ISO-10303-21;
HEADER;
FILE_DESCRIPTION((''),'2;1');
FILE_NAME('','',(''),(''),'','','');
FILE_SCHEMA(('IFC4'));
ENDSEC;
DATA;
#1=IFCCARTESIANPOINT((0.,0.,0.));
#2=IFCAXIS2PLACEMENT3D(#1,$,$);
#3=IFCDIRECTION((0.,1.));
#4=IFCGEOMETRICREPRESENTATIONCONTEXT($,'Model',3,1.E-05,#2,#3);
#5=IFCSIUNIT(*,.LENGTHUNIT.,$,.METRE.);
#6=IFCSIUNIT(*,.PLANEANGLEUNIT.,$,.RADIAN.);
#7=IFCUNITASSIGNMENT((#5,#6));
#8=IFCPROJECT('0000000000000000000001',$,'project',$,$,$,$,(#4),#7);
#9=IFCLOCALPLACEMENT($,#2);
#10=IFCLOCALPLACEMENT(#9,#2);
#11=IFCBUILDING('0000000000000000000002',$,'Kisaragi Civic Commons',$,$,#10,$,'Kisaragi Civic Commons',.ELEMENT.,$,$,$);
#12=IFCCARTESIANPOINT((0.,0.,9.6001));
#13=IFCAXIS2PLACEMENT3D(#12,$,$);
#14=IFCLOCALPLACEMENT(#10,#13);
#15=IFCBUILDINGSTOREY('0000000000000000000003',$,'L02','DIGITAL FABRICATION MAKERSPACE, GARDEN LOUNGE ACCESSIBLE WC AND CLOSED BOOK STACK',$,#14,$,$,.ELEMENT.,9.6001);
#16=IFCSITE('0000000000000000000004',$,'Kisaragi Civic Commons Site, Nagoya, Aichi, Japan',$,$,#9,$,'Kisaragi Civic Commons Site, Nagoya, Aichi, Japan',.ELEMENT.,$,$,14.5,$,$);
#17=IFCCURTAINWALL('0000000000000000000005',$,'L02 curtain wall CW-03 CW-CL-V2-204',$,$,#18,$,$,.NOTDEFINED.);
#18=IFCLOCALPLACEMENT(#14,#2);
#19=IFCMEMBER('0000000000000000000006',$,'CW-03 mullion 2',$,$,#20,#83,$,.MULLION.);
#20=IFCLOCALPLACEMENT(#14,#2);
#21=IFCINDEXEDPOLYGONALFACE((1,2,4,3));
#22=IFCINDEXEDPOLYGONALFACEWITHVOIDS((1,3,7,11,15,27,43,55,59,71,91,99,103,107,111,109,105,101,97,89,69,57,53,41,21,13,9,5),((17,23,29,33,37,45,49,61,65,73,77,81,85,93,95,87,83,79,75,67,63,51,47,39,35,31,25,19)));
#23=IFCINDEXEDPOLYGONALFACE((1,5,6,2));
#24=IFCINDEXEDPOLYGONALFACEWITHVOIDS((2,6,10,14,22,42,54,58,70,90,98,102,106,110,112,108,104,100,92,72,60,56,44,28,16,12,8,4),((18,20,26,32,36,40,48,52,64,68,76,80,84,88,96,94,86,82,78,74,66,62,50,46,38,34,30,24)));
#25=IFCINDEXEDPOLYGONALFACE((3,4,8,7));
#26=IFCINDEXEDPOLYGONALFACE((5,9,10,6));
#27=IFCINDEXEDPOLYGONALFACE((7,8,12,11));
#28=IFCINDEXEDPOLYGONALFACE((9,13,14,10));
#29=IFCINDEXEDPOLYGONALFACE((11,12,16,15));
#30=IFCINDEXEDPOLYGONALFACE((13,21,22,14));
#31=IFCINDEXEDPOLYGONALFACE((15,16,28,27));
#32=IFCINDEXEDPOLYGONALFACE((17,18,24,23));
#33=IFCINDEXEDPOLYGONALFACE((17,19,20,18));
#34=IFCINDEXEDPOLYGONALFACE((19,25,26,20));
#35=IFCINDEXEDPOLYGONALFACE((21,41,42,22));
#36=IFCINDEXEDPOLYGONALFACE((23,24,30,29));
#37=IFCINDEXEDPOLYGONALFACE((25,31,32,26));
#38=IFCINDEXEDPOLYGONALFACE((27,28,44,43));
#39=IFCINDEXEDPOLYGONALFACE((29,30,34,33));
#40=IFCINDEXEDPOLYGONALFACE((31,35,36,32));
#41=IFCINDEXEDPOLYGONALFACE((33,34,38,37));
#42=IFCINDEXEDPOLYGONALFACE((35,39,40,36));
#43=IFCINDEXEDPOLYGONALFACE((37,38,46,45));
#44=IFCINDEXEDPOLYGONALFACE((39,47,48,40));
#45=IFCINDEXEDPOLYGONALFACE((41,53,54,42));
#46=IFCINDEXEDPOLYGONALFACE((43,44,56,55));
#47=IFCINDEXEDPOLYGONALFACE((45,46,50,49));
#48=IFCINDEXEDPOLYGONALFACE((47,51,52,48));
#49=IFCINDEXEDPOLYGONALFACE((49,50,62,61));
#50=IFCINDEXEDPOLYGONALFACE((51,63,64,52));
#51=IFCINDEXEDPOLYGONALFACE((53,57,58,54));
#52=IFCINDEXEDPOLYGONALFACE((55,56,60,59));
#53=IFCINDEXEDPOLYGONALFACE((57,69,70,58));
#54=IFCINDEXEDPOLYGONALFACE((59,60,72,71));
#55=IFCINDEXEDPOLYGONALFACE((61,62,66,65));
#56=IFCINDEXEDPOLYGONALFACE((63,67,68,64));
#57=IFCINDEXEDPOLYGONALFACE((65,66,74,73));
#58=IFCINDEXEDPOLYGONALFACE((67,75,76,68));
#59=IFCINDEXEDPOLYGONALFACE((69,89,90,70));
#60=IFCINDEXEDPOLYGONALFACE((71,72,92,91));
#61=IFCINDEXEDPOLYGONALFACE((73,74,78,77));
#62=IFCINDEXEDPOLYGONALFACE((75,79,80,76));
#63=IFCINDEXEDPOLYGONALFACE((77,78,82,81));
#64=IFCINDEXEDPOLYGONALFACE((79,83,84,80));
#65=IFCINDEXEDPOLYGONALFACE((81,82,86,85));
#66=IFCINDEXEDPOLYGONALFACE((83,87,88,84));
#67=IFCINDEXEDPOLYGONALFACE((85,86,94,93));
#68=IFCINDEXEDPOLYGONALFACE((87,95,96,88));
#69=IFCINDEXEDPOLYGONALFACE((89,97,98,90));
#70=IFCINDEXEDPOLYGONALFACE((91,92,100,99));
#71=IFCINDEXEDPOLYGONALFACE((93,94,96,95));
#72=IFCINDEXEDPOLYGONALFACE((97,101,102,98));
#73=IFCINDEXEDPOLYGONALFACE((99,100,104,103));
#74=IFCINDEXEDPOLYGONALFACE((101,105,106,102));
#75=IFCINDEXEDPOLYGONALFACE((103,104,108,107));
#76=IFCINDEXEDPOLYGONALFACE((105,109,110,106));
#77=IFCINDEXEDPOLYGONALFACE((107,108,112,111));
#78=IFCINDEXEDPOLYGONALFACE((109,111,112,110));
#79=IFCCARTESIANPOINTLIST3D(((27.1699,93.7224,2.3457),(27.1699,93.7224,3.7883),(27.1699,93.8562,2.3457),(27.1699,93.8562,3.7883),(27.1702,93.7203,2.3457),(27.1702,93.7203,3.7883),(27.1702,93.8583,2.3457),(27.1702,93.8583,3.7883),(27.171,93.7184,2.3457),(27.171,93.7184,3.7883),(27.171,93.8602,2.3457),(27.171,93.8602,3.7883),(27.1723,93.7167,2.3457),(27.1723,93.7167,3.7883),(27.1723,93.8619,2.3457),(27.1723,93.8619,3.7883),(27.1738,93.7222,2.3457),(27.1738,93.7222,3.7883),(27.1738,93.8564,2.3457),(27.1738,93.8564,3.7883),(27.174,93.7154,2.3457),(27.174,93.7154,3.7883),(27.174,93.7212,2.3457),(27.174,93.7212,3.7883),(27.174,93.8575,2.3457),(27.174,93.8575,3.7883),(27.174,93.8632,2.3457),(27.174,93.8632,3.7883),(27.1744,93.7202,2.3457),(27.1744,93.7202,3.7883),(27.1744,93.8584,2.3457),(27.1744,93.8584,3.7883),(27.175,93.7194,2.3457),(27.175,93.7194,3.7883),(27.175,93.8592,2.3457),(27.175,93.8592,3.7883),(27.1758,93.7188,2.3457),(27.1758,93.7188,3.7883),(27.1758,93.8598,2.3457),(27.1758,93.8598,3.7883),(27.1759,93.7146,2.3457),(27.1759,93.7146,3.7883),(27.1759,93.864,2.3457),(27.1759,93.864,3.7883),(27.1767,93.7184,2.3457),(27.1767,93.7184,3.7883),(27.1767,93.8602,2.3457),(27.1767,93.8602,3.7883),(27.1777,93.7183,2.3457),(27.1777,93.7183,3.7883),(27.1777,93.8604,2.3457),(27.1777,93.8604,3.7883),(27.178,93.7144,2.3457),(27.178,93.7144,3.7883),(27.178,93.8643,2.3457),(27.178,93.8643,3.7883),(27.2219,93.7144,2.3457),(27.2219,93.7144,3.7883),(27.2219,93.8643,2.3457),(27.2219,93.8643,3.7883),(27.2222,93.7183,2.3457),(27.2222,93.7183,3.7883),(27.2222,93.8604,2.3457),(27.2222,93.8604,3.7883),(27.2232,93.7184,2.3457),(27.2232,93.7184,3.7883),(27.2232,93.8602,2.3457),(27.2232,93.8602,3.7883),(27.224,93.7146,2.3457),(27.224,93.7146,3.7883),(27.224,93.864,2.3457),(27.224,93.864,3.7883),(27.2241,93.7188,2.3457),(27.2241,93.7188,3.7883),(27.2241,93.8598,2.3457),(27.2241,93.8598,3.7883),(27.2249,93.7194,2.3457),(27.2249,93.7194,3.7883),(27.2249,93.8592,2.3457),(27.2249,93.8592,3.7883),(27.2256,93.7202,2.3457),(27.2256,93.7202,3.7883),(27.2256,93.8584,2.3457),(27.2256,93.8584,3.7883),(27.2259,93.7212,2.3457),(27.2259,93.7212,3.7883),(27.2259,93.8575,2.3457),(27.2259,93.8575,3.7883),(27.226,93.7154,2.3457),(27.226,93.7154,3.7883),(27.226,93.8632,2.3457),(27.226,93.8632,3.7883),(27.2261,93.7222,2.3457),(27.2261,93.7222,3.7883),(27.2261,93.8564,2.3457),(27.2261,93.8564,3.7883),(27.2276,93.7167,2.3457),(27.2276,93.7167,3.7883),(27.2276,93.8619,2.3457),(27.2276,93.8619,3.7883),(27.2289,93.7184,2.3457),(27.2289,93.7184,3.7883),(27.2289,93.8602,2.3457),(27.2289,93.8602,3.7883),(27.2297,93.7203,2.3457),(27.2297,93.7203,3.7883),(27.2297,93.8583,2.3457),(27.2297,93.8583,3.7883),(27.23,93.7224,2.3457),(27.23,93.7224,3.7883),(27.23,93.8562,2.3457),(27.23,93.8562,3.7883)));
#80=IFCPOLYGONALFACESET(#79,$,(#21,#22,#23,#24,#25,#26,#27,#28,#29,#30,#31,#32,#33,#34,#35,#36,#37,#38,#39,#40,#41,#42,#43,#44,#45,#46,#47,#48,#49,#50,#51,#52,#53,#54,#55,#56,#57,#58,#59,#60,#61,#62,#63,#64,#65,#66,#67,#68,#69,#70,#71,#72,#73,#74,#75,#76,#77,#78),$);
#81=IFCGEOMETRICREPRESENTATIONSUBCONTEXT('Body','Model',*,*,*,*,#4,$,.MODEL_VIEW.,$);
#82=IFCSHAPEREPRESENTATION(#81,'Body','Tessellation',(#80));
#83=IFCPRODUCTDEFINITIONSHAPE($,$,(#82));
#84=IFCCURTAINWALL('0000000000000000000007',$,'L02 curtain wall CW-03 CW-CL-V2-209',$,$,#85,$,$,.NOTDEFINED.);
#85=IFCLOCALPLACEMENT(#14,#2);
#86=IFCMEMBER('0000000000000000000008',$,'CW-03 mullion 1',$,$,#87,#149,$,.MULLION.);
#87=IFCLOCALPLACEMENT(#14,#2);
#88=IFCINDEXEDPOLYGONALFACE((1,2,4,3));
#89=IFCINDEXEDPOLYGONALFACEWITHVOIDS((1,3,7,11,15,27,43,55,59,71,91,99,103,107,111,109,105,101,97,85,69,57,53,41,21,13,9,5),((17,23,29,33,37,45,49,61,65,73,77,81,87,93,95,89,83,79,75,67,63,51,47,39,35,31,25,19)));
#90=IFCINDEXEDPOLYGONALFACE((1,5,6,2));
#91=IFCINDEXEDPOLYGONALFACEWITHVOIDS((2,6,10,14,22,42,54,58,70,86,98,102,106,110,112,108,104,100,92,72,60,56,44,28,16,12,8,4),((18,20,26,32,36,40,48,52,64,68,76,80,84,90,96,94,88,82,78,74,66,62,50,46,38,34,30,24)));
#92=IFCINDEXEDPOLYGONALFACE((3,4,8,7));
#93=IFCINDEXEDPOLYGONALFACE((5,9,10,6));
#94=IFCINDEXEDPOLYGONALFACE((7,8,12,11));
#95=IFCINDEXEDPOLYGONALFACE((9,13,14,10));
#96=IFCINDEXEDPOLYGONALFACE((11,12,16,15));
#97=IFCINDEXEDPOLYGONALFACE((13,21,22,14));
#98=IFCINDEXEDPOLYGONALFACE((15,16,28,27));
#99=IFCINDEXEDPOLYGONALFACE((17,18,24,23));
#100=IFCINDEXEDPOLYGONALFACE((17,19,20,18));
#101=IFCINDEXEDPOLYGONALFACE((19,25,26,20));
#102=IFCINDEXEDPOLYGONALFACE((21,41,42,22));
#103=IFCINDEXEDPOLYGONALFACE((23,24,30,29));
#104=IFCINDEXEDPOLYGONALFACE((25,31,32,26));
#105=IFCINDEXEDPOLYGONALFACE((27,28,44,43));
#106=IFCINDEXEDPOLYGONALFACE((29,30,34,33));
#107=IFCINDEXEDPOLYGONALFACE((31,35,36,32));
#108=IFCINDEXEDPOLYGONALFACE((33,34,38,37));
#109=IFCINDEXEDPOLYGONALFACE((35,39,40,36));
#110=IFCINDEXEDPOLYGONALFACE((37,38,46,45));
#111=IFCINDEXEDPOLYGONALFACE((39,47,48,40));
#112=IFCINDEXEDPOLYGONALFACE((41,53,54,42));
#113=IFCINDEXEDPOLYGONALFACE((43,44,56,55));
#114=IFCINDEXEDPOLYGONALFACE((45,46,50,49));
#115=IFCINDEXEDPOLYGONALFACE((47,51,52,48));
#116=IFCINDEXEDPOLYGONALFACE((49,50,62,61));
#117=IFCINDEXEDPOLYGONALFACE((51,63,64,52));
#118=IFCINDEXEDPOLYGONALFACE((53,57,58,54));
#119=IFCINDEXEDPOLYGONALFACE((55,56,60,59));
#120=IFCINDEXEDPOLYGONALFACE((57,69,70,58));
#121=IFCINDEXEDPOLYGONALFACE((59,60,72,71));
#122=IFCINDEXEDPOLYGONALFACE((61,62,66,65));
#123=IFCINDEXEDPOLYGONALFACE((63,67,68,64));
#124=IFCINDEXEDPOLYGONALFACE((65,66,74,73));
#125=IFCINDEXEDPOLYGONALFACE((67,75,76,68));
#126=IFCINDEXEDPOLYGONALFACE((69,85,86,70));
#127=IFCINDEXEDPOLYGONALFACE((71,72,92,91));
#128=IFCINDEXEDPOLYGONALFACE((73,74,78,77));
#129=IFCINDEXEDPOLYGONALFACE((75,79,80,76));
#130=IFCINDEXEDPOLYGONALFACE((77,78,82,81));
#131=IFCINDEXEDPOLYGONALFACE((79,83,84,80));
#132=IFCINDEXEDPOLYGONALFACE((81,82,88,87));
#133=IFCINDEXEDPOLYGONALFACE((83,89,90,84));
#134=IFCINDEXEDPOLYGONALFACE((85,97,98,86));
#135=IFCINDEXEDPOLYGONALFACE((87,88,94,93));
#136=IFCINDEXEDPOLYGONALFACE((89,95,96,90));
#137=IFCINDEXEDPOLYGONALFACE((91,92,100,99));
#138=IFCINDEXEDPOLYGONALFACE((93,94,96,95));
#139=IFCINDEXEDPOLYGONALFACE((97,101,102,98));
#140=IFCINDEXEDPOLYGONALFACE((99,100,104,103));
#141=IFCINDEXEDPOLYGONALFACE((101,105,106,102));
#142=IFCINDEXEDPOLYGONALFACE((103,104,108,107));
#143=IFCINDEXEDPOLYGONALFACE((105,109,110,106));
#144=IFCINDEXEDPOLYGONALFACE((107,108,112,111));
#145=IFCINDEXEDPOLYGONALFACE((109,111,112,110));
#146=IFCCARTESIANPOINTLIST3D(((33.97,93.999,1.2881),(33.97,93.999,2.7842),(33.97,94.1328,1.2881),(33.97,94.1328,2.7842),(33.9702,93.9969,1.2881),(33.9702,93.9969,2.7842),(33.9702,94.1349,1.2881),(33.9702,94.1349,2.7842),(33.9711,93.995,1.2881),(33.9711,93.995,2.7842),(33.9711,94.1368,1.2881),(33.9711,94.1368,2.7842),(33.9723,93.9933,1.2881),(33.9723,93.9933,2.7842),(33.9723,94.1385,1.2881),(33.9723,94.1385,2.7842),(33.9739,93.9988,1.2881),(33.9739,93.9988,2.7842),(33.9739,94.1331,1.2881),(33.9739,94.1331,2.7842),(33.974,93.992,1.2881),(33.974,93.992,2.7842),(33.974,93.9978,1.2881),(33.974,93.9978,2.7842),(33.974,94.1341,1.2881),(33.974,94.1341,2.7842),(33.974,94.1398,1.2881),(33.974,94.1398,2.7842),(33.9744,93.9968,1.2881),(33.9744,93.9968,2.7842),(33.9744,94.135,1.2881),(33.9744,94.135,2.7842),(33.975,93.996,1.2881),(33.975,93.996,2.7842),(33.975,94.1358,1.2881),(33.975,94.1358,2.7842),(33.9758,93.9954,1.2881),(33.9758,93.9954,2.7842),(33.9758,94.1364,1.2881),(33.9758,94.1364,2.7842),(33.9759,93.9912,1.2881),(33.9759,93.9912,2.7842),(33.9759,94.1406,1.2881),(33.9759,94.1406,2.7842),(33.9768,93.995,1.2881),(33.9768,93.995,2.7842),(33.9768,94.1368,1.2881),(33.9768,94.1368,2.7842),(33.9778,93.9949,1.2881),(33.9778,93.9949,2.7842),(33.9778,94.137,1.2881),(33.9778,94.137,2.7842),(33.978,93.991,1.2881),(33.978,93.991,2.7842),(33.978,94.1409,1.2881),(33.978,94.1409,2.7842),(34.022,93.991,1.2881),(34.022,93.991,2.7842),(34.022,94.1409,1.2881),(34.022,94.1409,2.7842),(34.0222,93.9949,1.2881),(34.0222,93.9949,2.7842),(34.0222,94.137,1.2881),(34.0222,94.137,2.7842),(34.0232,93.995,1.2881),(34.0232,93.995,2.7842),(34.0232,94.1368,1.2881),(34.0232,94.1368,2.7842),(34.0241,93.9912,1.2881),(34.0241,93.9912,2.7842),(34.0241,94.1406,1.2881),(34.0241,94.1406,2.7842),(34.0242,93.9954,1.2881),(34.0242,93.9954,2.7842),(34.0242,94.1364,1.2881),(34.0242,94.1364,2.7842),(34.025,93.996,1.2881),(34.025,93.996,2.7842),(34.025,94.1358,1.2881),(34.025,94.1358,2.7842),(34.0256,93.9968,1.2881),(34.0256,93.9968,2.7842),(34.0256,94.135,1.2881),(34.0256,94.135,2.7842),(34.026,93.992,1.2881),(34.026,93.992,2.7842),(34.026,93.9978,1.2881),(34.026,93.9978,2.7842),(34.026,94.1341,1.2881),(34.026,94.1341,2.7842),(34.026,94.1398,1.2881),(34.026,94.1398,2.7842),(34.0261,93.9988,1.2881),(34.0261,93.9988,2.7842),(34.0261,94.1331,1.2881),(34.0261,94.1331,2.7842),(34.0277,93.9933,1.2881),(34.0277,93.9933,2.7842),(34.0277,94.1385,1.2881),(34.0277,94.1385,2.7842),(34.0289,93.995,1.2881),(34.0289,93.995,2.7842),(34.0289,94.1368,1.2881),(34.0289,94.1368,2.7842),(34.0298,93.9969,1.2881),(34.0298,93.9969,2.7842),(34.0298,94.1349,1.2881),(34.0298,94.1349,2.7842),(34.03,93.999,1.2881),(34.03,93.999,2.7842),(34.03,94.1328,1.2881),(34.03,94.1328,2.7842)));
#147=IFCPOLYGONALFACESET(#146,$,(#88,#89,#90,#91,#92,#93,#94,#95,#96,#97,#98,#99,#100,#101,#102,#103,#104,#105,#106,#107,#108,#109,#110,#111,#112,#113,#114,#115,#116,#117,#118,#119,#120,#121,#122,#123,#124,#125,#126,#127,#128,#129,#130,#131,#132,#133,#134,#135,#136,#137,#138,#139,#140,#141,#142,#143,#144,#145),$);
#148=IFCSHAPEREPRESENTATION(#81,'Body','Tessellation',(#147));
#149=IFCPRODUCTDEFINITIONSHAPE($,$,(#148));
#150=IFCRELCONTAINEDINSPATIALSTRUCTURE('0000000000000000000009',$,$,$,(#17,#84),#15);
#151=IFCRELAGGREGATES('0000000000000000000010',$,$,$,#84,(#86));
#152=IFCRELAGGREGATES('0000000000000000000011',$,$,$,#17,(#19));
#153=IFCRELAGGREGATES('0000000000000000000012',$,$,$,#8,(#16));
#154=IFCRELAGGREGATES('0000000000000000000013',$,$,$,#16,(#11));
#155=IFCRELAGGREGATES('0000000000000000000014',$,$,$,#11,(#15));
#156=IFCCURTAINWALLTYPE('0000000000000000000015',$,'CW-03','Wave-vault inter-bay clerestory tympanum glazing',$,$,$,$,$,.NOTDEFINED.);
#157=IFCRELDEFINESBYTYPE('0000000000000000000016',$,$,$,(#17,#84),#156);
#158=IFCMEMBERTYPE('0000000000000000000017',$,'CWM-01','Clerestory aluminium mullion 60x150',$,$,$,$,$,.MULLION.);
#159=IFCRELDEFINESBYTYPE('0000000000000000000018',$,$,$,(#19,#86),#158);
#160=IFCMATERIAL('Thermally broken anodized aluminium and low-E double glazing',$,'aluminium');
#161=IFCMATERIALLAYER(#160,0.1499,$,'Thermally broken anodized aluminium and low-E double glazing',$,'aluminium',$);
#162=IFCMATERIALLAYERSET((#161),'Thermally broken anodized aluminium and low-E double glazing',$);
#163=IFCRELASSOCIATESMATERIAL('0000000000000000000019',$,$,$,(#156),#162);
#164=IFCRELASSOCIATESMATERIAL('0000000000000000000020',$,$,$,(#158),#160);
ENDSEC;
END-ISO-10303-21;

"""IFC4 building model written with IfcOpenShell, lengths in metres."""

from ifc_helpers import new_model, si_unit, direction, frame, origin, origin_2d, place, context, subcontext, project, spatial, hollow_rectangle, extrude, material, layer, layer_set, material_profile, profile_set, type_object, element, aggregate, save


model = new_model("IFC4")

# Units and contexts
model_context = context("Model", 3, precision=1e-05, world=origin(), true_north=direction((0.0, 1.0)))
body_context = subcontext(model_context, "Body", "Model", "MODEL_VIEW")
ifc_project = project(units=[si_unit("LENGTHUNIT", "METRE"), si_unit("PLANEANGLEUNIT", "RADIAN")], contexts=[model_context])

# Site, building, storey
site_placement = place(None, origin())
site = spatial("IfcSite", under=ifc_project, at=site_placement, Name="Kisaragi Civic Commons Site, Nagoya, Aichi, Japan", LongName="Kisaragi Civic Commons Site, Nagoya, Aichi, Japan", CompositionType="ELEMENT", RefElevation=14.5)
building_placement = place(site_placement, origin())
building = spatial("IfcBuilding", under=site, at=building_placement, Name="Kisaragi Civic Commons", LongName="Kisaragi Civic Commons", CompositionType="ELEMENT")
storey_placement = place(building_placement, frame((0.0, 0.0, 9.6001)))
storey = spatial("IfcBuildingStorey", under=building, at=storey_placement, Name="L02", Description="DIGITAL FABRICATION MAKERSPACE, GARDEN LOUNGE ACCESSIBLE WC AND CLOSED BOOK STACK", CompositionType="ELEMENT", Elevation=9.6001)

# Shared definitions
ifc_material_1 = material(Name="Thermally broken anodized aluminium and low-E double glazing", Category="aluminium")
ifc_layer_1 = layer(ifc_material_1, 0.1499, Name="Thermally broken anodized aluminium and low-E double glazing", Category="aluminium")
ifc_layer_set_1 = layer_set([ifc_layer_1], Name="Thermally broken anodized aluminium and low-E double glazing")
curtain_wall_type = type_object("IfcCurtainWallType", Name="CW-03", Description="Wave-vault inter-bay clerestory tympanum glazing", PredefinedType="NOTDEFINED", material=ifc_layer_set_1)
ifc_material_profile_1 = material_profile(ifc_material_1, hollow_rectangle(XDim=0.0601, YDim=0.1499, WallThickness=0.0039, InnerFilletRadius=0.0039, OuterFilletRadius=0.0081, at=origin_2d()), Name="CWM-60x150x4", Category="aluminium")
ifc_profile_set_1 = profile_set([ifc_material_profile_1], Name="Thermally broken anodized aluminium and low-E double glazing")
member_type_1 = type_object("IfcMemberType", Name="CWM-01", Description="Clerestory aluminium mullion 60x150", PredefinedType="MULLION", material=ifc_profile_set_1)

# Curtain wall, member
curtain_wall_1_placement = place(storey_placement, origin())
curtain_wall_1 = element("IfcCurtainWall", 1, at=curtain_wall_1_placement, inside=storey, type_object=curtain_wall_type, Name="L02 curtain wall CW-03 CW-CL-V2-204", PredefinedType="NOTDEFINED")
member_1_placement = place(storey_placement, frame((27.2, 93.7893, 2.3457), z_axis=(0.0, 0.0, 1.0), x_axis=(-1.0, 0.0, 0.0)))
member_1 = element("IfcMember", 2, at=member_1_placement, type_object=member_type_1, Name="CW-03 mullion 2", PredefinedType="MULLION", context=body_context, shape_type="SweptSolid", body=[
    extrude(hollow_rectangle(XDim=0.0601, YDim=0.1499, WallThickness=0.0039, InnerFilletRadius=0.0039, OuterFilletRadius=0.0081, at=origin_2d()), origin(), (0.0, 0.0, 1.0), 1.4426),
])

# Curtain wall, member
curtain_wall_2_placement = place(storey_placement, origin())
curtain_wall_2 = element("IfcCurtainWall", 3, at=curtain_wall_2_placement, inside=storey, type_object=curtain_wall_type, Name="L02 curtain wall CW-03 CW-CL-V2-209", PredefinedType="NOTDEFINED")
member_2_placement = place(storey_placement, frame((34.0, 94.0659, 1.2881), z_axis=(0.0, 0.0, 1.0), x_axis=(-1.0, 0.0, 0.0)))
member_2 = element("IfcMember", 4, at=member_2_placement, type_object=member_type_1, Name="CW-03 mullion 1", PredefinedType="MULLION", context=body_context, shape_type="SweptSolid", body=[
    extrude(hollow_rectangle(XDim=0.0601, YDim=0.1499, WallThickness=0.0039, InnerFilletRadius=0.0039, OuterFilletRadius=0.0081, at=origin_2d()), origin(), (0.0, 0.0, 1.0), 1.4961),
])

aggregate(curtain_wall_2, [member_2])

aggregate(curtain_wall_1, [member_1])

save(model, "model.ifc")
